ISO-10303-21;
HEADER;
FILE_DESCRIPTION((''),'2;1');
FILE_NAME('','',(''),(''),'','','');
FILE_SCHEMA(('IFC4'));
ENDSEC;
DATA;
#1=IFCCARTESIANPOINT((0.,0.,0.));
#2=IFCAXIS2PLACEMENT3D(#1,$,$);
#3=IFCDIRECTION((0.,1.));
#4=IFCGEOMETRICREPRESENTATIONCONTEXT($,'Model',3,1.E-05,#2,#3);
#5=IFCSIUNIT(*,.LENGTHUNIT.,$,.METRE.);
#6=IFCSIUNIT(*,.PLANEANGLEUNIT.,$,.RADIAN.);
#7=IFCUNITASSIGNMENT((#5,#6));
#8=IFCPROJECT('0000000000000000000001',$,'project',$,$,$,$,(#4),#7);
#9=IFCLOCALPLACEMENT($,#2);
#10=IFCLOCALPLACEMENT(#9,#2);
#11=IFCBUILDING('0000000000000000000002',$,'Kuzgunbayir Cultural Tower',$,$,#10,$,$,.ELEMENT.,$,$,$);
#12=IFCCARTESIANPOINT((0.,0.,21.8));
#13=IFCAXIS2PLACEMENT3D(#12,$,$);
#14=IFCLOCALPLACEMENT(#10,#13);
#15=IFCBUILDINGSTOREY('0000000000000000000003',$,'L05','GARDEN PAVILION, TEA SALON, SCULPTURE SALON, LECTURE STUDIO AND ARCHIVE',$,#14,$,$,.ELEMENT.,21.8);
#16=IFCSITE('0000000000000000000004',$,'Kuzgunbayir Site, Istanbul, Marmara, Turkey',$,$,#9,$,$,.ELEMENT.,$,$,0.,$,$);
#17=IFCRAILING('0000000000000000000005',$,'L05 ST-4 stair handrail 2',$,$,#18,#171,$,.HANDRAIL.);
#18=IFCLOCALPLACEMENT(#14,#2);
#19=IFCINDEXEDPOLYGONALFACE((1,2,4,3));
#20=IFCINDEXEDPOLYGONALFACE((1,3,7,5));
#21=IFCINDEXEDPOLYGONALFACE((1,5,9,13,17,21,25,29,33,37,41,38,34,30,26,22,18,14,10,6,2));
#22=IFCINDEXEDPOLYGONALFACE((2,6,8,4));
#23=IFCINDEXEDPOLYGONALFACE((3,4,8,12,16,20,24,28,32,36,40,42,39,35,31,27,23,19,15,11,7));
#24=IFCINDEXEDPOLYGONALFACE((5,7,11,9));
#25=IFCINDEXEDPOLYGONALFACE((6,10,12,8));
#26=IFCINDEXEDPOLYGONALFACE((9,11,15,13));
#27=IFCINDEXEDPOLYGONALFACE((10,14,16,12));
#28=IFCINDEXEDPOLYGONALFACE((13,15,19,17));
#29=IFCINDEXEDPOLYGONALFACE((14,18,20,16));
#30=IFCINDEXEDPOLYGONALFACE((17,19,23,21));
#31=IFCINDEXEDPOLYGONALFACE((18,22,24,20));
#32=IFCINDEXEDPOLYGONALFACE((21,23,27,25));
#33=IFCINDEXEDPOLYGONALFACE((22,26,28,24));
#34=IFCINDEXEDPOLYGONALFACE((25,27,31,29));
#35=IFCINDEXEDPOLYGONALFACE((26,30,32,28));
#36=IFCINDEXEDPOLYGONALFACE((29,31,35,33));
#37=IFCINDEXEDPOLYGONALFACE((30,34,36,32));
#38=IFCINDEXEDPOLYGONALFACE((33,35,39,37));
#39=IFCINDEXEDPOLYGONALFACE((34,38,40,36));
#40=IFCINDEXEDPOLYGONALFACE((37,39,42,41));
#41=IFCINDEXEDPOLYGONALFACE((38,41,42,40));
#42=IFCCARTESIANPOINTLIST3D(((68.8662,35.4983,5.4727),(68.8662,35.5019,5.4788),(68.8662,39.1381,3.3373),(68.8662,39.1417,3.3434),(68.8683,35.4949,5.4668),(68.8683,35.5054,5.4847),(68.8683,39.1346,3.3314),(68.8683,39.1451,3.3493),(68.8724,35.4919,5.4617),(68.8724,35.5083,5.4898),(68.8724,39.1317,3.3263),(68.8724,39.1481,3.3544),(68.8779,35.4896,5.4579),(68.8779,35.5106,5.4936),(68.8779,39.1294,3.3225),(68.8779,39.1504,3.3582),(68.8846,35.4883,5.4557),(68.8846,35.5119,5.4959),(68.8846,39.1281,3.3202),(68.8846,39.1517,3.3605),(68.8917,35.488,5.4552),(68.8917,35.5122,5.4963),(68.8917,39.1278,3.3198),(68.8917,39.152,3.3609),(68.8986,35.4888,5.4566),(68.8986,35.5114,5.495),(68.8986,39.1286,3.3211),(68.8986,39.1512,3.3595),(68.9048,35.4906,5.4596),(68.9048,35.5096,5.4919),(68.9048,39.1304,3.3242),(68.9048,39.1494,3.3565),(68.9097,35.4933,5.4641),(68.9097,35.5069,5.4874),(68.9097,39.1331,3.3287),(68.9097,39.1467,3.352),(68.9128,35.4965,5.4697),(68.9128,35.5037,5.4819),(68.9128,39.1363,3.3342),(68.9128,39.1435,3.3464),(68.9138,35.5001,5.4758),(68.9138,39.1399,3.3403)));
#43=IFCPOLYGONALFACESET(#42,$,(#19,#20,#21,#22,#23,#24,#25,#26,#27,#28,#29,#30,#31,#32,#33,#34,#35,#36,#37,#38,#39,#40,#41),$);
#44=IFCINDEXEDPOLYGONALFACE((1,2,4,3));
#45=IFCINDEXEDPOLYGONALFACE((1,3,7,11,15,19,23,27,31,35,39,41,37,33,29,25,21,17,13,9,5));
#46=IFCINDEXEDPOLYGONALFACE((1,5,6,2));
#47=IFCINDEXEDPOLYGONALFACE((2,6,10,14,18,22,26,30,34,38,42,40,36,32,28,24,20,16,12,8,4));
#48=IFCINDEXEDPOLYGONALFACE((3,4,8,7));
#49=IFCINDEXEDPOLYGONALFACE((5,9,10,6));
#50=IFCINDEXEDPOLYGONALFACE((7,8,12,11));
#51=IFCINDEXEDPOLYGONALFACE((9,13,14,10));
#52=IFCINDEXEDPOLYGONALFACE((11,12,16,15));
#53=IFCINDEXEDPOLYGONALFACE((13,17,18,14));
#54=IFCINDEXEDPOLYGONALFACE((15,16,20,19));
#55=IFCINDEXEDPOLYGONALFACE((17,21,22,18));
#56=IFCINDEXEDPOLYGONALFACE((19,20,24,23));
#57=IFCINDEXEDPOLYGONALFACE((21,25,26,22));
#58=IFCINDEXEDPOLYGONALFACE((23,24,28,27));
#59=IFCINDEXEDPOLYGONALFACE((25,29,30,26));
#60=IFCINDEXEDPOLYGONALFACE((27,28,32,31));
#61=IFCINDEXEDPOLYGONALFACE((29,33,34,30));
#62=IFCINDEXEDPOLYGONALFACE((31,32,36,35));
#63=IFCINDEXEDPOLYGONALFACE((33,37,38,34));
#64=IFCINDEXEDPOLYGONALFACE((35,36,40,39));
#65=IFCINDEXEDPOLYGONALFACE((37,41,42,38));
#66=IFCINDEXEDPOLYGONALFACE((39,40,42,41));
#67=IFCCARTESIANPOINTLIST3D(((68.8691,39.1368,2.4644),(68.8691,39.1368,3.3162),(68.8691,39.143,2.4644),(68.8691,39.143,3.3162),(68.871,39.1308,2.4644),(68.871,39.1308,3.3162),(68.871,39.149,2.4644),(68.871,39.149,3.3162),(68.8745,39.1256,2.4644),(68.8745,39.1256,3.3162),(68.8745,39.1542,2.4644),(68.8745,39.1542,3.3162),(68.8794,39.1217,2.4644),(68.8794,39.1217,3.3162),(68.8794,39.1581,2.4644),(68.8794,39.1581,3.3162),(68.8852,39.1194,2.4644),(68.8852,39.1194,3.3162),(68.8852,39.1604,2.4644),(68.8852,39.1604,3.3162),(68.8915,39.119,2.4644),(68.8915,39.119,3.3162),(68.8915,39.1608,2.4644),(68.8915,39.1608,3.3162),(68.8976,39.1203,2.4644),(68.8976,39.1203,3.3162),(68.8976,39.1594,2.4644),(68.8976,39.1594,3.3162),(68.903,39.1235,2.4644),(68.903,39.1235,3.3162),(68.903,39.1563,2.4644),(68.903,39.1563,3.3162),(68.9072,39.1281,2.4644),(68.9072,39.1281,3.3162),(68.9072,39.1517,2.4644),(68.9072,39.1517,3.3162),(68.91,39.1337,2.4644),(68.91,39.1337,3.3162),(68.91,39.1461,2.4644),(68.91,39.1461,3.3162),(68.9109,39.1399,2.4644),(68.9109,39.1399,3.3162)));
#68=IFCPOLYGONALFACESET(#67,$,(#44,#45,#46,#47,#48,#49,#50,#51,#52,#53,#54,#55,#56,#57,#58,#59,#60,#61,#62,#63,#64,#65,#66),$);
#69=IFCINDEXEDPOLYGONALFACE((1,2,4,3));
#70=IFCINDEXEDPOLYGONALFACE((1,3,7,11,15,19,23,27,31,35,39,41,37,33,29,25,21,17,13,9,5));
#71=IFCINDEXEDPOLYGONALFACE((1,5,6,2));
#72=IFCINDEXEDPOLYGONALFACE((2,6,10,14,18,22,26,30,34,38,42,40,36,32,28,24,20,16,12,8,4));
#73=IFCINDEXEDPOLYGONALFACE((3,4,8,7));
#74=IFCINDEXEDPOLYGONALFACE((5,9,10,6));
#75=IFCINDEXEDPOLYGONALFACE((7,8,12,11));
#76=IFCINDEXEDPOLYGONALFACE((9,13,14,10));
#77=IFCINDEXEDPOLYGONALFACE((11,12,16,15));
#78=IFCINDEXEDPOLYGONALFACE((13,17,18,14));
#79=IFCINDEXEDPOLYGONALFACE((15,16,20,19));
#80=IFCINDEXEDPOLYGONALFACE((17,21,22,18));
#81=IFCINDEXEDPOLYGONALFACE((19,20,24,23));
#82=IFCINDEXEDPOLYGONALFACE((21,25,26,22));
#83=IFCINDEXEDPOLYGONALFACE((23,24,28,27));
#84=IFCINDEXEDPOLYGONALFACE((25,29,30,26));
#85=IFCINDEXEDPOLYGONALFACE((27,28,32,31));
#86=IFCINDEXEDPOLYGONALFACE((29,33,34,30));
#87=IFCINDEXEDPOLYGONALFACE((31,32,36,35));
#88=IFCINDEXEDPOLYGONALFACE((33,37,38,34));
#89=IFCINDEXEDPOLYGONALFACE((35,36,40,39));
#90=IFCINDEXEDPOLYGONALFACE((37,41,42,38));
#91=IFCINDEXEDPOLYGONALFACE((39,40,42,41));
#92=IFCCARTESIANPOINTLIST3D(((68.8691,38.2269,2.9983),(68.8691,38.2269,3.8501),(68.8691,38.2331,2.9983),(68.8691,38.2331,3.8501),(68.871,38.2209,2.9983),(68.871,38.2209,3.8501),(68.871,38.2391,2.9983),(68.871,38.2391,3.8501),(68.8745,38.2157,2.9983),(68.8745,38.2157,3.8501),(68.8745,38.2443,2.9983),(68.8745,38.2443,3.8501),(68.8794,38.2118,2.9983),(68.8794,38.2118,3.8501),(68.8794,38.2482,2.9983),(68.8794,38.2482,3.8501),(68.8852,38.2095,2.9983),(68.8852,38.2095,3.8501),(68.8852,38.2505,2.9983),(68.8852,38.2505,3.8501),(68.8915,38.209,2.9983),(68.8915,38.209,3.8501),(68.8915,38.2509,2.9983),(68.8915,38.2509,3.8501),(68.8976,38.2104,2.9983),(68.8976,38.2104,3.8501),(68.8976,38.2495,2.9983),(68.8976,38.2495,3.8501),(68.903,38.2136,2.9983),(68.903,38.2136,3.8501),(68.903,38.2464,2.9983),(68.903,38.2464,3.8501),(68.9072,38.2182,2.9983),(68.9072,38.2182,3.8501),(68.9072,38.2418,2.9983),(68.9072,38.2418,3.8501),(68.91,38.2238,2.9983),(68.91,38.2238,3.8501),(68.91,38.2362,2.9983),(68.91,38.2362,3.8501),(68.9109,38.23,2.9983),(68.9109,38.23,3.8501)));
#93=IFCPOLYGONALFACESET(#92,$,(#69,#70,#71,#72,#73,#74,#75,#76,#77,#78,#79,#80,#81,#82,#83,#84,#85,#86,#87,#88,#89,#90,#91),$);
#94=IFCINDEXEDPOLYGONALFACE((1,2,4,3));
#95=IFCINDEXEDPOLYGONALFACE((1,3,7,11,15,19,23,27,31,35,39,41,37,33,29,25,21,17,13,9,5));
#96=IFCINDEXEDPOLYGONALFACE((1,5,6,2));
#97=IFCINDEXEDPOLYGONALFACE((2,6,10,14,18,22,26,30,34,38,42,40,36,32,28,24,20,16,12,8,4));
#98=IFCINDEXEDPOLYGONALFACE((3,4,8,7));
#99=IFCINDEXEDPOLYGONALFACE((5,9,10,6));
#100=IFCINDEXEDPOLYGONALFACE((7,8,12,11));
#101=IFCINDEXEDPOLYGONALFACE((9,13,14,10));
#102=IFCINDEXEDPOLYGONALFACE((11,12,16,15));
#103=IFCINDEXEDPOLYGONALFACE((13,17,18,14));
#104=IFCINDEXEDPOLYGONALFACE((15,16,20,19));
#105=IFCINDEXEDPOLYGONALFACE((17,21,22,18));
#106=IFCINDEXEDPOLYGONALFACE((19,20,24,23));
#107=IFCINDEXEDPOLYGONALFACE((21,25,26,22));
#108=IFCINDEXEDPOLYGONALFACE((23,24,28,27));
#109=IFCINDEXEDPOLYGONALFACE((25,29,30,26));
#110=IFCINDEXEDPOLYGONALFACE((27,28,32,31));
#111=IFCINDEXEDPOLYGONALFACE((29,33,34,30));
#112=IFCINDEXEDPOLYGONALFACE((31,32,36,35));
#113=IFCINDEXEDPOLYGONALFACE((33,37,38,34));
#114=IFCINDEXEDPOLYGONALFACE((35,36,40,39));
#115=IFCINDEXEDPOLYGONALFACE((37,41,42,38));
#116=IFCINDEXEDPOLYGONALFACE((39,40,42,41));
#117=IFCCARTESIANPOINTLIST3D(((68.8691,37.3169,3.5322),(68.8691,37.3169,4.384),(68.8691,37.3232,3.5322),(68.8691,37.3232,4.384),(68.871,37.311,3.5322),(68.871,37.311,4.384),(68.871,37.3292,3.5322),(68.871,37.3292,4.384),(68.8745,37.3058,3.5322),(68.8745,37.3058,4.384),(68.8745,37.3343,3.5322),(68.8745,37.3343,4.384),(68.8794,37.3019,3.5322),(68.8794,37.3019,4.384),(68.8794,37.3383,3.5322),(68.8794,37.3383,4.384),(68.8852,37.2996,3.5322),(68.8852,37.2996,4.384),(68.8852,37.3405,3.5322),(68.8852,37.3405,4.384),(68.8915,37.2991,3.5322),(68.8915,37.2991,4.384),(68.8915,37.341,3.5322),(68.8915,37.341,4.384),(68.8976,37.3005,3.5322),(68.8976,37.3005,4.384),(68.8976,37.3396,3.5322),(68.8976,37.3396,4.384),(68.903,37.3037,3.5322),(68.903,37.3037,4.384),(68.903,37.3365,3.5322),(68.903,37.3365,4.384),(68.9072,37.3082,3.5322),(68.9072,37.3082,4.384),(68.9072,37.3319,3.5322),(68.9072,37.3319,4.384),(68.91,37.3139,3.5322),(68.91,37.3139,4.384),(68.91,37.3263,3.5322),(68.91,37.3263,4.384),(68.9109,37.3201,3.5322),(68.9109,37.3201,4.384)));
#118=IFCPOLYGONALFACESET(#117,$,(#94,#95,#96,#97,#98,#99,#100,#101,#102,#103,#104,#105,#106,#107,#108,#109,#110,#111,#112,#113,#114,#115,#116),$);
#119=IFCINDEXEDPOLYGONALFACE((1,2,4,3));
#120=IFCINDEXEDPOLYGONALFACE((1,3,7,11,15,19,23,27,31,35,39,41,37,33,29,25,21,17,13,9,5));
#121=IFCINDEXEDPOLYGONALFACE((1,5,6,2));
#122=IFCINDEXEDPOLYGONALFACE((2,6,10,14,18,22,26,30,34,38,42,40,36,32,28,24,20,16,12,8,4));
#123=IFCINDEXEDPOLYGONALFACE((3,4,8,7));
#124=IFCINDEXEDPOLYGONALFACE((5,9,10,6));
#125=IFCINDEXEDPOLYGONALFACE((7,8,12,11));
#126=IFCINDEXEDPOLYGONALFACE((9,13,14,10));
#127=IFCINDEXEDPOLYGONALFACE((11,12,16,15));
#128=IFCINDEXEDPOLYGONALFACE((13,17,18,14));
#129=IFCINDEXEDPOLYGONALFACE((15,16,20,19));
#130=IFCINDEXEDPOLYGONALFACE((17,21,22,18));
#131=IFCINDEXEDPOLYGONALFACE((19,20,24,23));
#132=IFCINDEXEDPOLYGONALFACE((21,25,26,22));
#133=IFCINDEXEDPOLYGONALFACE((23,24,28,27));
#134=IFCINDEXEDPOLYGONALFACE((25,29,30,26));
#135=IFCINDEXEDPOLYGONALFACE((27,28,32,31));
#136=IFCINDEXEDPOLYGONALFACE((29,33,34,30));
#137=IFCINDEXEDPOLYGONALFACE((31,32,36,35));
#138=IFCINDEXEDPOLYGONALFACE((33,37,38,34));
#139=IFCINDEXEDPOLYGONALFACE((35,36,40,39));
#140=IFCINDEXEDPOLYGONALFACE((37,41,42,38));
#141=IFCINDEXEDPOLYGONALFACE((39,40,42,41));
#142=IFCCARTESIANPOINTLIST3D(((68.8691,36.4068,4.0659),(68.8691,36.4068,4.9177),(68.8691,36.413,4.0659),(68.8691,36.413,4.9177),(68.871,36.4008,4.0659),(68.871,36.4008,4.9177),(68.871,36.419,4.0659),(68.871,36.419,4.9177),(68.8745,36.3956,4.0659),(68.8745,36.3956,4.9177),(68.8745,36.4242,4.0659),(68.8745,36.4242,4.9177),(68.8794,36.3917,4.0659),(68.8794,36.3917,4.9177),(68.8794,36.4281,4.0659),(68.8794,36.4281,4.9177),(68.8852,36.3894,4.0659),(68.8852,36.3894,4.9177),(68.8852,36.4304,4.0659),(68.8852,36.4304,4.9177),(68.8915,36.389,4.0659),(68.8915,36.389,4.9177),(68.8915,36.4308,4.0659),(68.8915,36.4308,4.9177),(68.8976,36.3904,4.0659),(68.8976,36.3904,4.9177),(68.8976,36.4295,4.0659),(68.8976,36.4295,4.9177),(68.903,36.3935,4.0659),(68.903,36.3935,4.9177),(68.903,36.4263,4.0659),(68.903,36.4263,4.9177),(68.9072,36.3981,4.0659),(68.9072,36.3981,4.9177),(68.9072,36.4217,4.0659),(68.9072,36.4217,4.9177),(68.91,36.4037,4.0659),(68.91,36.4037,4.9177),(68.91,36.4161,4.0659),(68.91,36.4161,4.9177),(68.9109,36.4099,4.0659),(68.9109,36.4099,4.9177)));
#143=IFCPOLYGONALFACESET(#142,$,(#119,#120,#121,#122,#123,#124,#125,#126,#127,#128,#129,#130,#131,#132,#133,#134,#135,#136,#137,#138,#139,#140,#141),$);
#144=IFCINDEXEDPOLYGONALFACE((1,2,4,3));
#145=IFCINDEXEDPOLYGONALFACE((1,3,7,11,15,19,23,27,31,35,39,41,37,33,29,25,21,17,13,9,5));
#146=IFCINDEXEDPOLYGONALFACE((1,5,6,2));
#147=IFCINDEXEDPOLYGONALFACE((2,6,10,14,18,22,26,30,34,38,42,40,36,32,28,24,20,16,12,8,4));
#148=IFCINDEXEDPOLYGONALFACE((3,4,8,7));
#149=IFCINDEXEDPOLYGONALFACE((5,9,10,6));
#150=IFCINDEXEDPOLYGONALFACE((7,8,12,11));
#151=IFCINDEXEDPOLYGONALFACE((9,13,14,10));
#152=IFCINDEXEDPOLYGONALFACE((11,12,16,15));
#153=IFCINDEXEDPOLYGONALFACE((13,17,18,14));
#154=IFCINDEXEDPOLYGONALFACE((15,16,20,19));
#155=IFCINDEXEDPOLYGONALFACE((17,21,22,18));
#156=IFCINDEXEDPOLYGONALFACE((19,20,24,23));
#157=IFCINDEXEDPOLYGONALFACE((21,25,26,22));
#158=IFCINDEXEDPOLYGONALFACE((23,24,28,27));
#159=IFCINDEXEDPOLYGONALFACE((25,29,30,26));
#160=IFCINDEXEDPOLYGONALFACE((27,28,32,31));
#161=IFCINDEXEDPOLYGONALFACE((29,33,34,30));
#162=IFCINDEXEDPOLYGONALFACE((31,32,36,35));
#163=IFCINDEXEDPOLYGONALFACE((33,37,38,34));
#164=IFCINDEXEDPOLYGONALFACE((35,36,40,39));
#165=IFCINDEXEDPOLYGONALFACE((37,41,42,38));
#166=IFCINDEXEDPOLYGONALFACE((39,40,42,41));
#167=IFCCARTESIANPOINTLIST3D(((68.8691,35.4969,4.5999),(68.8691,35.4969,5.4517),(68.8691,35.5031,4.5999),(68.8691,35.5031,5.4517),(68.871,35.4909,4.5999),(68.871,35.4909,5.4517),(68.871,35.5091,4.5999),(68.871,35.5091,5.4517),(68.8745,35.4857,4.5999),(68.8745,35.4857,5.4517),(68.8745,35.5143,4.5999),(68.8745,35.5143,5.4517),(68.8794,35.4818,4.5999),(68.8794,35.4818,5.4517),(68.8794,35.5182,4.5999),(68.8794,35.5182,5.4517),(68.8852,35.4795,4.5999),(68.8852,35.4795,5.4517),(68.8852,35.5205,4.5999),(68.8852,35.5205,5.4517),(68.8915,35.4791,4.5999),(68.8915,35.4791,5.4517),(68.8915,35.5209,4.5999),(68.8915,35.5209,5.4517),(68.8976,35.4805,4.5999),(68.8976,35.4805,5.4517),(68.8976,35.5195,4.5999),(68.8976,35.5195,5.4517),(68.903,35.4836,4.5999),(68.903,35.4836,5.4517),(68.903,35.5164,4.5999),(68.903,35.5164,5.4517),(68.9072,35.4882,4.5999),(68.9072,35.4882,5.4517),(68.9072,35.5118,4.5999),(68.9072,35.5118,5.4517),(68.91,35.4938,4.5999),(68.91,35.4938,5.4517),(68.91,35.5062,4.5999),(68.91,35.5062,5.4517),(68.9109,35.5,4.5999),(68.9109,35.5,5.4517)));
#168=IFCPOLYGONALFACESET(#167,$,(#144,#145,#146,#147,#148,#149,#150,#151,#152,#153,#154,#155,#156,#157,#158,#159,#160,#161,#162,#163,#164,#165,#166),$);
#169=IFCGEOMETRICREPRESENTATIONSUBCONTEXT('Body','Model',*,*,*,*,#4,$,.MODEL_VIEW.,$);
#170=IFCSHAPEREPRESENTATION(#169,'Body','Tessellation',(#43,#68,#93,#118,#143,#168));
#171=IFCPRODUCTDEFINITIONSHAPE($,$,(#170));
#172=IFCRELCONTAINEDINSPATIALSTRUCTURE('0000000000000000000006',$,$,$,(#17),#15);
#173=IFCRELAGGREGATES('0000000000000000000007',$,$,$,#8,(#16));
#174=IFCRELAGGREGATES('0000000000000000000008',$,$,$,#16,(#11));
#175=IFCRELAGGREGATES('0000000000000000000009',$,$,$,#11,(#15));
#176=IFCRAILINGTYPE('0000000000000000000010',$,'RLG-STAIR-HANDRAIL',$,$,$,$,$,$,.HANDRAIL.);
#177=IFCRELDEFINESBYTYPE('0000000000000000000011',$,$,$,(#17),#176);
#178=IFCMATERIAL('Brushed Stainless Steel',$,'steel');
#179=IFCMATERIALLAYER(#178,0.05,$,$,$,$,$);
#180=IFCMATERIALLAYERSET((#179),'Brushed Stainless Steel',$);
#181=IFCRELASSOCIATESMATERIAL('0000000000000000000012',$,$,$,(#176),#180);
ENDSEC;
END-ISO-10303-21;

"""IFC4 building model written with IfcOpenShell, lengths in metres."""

from ifc_helpers import new_model, si_unit, direction, frame, origin, origin_2d, place, context, subcontext, project, spatial, circle, extrude, material, layer, layer_set, type_object, element, save


model = new_model("IFC4")

# Units and contexts
model_context = context("Model", 3, precision=1e-05, world=origin(), true_north=direction((0.0, 1.0)))
body_context = subcontext(model_context, "Body", "Model", "MODEL_VIEW")
ifc_project = project(units=[si_unit("LENGTHUNIT", "METRE"), si_unit("PLANEANGLEUNIT", "RADIAN")], contexts=[model_context])

# Site, building, storey
site_placement = place(None, origin())
site = spatial("IfcSite", under=ifc_project, at=site_placement, Name="Kuzgunbayir Site, Istanbul, Marmara, Turkey", CompositionType="ELEMENT", RefElevation=0.0)
building_placement = place(site_placement, origin())
building = spatial("IfcBuilding", under=site, at=building_placement, Name="Kuzgunbayir Cultural Tower", CompositionType="ELEMENT")
storey_placement = place(building_placement, frame((0.0, 0.0, 21.8)))
storey = spatial("IfcBuildingStorey", under=building, at=storey_placement, Name="L05", Description="GARDEN PAVILION, TEA SALON, SCULPTURE SALON, LECTURE STUDIO AND ARCHIVE", CompositionType="ELEMENT", Elevation=21.8)

# Shared definitions
ifc_material_1 = material(Name="Brushed Stainless Steel", Category="steel")

# Railing
ifc_layer_1 = layer(ifc_material_1, 0.05)
ifc_layer_set_1 = layer_set([ifc_layer_1], Name="Brushed Stainless Steel")
railing_type_1 = type_object("IfcRailingType", Name="RLG-STAIR-HANDRAIL", PredefinedType="HANDRAIL", material=ifc_layer_set_1)
railing_1_placement = place(storey_placement, frame((68.8899, 39.1399, 2.4644)))
element("IfcRailing", 1, at=railing_1_placement, inside=storey, type_object=railing_type_1, Name="L05 ST-4 stair handrail 2", PredefinedType="HANDRAIL", context=body_context, shape_type="SweptSolid", body=[
    extrude(circle(Radius=0.0239, at=origin_2d()), frame((0.0, 0.0, 0.876), z_axis=(0.0, -0.862515, 0.506031), x_axis=(1.0, 0.0, 0.0)), (0.0, 0.0, 1.0), 4.22),
    extrude(circle(Radius=0.021, at=origin_2d()), origin(), (0.0, 0.0, 1.0), 0.8518),
    extrude(circle(Radius=0.021, at=origin_2d()), frame((0.0, -0.9099, 0.5339)), (0.0, 0.0, 1.0), 0.8518),
    extrude(circle(Radius=0.021, at=origin_2d()), frame((0.0, -1.8198, 1.0679)), (0.0, 0.0, 1.0), 0.8518),
    extrude(circle(Radius=0.021, at=origin_2d()), frame((0.0, -2.73, 1.6016)), (0.0, 0.0, 1.0), 0.8518),
    extrude(circle(Radius=0.021, at=origin_2d()), frame((0.0, -3.6399, 2.1355)), (0.0, 0.0, 1.0), 0.8518),
])

save(model, "model.ifc")
